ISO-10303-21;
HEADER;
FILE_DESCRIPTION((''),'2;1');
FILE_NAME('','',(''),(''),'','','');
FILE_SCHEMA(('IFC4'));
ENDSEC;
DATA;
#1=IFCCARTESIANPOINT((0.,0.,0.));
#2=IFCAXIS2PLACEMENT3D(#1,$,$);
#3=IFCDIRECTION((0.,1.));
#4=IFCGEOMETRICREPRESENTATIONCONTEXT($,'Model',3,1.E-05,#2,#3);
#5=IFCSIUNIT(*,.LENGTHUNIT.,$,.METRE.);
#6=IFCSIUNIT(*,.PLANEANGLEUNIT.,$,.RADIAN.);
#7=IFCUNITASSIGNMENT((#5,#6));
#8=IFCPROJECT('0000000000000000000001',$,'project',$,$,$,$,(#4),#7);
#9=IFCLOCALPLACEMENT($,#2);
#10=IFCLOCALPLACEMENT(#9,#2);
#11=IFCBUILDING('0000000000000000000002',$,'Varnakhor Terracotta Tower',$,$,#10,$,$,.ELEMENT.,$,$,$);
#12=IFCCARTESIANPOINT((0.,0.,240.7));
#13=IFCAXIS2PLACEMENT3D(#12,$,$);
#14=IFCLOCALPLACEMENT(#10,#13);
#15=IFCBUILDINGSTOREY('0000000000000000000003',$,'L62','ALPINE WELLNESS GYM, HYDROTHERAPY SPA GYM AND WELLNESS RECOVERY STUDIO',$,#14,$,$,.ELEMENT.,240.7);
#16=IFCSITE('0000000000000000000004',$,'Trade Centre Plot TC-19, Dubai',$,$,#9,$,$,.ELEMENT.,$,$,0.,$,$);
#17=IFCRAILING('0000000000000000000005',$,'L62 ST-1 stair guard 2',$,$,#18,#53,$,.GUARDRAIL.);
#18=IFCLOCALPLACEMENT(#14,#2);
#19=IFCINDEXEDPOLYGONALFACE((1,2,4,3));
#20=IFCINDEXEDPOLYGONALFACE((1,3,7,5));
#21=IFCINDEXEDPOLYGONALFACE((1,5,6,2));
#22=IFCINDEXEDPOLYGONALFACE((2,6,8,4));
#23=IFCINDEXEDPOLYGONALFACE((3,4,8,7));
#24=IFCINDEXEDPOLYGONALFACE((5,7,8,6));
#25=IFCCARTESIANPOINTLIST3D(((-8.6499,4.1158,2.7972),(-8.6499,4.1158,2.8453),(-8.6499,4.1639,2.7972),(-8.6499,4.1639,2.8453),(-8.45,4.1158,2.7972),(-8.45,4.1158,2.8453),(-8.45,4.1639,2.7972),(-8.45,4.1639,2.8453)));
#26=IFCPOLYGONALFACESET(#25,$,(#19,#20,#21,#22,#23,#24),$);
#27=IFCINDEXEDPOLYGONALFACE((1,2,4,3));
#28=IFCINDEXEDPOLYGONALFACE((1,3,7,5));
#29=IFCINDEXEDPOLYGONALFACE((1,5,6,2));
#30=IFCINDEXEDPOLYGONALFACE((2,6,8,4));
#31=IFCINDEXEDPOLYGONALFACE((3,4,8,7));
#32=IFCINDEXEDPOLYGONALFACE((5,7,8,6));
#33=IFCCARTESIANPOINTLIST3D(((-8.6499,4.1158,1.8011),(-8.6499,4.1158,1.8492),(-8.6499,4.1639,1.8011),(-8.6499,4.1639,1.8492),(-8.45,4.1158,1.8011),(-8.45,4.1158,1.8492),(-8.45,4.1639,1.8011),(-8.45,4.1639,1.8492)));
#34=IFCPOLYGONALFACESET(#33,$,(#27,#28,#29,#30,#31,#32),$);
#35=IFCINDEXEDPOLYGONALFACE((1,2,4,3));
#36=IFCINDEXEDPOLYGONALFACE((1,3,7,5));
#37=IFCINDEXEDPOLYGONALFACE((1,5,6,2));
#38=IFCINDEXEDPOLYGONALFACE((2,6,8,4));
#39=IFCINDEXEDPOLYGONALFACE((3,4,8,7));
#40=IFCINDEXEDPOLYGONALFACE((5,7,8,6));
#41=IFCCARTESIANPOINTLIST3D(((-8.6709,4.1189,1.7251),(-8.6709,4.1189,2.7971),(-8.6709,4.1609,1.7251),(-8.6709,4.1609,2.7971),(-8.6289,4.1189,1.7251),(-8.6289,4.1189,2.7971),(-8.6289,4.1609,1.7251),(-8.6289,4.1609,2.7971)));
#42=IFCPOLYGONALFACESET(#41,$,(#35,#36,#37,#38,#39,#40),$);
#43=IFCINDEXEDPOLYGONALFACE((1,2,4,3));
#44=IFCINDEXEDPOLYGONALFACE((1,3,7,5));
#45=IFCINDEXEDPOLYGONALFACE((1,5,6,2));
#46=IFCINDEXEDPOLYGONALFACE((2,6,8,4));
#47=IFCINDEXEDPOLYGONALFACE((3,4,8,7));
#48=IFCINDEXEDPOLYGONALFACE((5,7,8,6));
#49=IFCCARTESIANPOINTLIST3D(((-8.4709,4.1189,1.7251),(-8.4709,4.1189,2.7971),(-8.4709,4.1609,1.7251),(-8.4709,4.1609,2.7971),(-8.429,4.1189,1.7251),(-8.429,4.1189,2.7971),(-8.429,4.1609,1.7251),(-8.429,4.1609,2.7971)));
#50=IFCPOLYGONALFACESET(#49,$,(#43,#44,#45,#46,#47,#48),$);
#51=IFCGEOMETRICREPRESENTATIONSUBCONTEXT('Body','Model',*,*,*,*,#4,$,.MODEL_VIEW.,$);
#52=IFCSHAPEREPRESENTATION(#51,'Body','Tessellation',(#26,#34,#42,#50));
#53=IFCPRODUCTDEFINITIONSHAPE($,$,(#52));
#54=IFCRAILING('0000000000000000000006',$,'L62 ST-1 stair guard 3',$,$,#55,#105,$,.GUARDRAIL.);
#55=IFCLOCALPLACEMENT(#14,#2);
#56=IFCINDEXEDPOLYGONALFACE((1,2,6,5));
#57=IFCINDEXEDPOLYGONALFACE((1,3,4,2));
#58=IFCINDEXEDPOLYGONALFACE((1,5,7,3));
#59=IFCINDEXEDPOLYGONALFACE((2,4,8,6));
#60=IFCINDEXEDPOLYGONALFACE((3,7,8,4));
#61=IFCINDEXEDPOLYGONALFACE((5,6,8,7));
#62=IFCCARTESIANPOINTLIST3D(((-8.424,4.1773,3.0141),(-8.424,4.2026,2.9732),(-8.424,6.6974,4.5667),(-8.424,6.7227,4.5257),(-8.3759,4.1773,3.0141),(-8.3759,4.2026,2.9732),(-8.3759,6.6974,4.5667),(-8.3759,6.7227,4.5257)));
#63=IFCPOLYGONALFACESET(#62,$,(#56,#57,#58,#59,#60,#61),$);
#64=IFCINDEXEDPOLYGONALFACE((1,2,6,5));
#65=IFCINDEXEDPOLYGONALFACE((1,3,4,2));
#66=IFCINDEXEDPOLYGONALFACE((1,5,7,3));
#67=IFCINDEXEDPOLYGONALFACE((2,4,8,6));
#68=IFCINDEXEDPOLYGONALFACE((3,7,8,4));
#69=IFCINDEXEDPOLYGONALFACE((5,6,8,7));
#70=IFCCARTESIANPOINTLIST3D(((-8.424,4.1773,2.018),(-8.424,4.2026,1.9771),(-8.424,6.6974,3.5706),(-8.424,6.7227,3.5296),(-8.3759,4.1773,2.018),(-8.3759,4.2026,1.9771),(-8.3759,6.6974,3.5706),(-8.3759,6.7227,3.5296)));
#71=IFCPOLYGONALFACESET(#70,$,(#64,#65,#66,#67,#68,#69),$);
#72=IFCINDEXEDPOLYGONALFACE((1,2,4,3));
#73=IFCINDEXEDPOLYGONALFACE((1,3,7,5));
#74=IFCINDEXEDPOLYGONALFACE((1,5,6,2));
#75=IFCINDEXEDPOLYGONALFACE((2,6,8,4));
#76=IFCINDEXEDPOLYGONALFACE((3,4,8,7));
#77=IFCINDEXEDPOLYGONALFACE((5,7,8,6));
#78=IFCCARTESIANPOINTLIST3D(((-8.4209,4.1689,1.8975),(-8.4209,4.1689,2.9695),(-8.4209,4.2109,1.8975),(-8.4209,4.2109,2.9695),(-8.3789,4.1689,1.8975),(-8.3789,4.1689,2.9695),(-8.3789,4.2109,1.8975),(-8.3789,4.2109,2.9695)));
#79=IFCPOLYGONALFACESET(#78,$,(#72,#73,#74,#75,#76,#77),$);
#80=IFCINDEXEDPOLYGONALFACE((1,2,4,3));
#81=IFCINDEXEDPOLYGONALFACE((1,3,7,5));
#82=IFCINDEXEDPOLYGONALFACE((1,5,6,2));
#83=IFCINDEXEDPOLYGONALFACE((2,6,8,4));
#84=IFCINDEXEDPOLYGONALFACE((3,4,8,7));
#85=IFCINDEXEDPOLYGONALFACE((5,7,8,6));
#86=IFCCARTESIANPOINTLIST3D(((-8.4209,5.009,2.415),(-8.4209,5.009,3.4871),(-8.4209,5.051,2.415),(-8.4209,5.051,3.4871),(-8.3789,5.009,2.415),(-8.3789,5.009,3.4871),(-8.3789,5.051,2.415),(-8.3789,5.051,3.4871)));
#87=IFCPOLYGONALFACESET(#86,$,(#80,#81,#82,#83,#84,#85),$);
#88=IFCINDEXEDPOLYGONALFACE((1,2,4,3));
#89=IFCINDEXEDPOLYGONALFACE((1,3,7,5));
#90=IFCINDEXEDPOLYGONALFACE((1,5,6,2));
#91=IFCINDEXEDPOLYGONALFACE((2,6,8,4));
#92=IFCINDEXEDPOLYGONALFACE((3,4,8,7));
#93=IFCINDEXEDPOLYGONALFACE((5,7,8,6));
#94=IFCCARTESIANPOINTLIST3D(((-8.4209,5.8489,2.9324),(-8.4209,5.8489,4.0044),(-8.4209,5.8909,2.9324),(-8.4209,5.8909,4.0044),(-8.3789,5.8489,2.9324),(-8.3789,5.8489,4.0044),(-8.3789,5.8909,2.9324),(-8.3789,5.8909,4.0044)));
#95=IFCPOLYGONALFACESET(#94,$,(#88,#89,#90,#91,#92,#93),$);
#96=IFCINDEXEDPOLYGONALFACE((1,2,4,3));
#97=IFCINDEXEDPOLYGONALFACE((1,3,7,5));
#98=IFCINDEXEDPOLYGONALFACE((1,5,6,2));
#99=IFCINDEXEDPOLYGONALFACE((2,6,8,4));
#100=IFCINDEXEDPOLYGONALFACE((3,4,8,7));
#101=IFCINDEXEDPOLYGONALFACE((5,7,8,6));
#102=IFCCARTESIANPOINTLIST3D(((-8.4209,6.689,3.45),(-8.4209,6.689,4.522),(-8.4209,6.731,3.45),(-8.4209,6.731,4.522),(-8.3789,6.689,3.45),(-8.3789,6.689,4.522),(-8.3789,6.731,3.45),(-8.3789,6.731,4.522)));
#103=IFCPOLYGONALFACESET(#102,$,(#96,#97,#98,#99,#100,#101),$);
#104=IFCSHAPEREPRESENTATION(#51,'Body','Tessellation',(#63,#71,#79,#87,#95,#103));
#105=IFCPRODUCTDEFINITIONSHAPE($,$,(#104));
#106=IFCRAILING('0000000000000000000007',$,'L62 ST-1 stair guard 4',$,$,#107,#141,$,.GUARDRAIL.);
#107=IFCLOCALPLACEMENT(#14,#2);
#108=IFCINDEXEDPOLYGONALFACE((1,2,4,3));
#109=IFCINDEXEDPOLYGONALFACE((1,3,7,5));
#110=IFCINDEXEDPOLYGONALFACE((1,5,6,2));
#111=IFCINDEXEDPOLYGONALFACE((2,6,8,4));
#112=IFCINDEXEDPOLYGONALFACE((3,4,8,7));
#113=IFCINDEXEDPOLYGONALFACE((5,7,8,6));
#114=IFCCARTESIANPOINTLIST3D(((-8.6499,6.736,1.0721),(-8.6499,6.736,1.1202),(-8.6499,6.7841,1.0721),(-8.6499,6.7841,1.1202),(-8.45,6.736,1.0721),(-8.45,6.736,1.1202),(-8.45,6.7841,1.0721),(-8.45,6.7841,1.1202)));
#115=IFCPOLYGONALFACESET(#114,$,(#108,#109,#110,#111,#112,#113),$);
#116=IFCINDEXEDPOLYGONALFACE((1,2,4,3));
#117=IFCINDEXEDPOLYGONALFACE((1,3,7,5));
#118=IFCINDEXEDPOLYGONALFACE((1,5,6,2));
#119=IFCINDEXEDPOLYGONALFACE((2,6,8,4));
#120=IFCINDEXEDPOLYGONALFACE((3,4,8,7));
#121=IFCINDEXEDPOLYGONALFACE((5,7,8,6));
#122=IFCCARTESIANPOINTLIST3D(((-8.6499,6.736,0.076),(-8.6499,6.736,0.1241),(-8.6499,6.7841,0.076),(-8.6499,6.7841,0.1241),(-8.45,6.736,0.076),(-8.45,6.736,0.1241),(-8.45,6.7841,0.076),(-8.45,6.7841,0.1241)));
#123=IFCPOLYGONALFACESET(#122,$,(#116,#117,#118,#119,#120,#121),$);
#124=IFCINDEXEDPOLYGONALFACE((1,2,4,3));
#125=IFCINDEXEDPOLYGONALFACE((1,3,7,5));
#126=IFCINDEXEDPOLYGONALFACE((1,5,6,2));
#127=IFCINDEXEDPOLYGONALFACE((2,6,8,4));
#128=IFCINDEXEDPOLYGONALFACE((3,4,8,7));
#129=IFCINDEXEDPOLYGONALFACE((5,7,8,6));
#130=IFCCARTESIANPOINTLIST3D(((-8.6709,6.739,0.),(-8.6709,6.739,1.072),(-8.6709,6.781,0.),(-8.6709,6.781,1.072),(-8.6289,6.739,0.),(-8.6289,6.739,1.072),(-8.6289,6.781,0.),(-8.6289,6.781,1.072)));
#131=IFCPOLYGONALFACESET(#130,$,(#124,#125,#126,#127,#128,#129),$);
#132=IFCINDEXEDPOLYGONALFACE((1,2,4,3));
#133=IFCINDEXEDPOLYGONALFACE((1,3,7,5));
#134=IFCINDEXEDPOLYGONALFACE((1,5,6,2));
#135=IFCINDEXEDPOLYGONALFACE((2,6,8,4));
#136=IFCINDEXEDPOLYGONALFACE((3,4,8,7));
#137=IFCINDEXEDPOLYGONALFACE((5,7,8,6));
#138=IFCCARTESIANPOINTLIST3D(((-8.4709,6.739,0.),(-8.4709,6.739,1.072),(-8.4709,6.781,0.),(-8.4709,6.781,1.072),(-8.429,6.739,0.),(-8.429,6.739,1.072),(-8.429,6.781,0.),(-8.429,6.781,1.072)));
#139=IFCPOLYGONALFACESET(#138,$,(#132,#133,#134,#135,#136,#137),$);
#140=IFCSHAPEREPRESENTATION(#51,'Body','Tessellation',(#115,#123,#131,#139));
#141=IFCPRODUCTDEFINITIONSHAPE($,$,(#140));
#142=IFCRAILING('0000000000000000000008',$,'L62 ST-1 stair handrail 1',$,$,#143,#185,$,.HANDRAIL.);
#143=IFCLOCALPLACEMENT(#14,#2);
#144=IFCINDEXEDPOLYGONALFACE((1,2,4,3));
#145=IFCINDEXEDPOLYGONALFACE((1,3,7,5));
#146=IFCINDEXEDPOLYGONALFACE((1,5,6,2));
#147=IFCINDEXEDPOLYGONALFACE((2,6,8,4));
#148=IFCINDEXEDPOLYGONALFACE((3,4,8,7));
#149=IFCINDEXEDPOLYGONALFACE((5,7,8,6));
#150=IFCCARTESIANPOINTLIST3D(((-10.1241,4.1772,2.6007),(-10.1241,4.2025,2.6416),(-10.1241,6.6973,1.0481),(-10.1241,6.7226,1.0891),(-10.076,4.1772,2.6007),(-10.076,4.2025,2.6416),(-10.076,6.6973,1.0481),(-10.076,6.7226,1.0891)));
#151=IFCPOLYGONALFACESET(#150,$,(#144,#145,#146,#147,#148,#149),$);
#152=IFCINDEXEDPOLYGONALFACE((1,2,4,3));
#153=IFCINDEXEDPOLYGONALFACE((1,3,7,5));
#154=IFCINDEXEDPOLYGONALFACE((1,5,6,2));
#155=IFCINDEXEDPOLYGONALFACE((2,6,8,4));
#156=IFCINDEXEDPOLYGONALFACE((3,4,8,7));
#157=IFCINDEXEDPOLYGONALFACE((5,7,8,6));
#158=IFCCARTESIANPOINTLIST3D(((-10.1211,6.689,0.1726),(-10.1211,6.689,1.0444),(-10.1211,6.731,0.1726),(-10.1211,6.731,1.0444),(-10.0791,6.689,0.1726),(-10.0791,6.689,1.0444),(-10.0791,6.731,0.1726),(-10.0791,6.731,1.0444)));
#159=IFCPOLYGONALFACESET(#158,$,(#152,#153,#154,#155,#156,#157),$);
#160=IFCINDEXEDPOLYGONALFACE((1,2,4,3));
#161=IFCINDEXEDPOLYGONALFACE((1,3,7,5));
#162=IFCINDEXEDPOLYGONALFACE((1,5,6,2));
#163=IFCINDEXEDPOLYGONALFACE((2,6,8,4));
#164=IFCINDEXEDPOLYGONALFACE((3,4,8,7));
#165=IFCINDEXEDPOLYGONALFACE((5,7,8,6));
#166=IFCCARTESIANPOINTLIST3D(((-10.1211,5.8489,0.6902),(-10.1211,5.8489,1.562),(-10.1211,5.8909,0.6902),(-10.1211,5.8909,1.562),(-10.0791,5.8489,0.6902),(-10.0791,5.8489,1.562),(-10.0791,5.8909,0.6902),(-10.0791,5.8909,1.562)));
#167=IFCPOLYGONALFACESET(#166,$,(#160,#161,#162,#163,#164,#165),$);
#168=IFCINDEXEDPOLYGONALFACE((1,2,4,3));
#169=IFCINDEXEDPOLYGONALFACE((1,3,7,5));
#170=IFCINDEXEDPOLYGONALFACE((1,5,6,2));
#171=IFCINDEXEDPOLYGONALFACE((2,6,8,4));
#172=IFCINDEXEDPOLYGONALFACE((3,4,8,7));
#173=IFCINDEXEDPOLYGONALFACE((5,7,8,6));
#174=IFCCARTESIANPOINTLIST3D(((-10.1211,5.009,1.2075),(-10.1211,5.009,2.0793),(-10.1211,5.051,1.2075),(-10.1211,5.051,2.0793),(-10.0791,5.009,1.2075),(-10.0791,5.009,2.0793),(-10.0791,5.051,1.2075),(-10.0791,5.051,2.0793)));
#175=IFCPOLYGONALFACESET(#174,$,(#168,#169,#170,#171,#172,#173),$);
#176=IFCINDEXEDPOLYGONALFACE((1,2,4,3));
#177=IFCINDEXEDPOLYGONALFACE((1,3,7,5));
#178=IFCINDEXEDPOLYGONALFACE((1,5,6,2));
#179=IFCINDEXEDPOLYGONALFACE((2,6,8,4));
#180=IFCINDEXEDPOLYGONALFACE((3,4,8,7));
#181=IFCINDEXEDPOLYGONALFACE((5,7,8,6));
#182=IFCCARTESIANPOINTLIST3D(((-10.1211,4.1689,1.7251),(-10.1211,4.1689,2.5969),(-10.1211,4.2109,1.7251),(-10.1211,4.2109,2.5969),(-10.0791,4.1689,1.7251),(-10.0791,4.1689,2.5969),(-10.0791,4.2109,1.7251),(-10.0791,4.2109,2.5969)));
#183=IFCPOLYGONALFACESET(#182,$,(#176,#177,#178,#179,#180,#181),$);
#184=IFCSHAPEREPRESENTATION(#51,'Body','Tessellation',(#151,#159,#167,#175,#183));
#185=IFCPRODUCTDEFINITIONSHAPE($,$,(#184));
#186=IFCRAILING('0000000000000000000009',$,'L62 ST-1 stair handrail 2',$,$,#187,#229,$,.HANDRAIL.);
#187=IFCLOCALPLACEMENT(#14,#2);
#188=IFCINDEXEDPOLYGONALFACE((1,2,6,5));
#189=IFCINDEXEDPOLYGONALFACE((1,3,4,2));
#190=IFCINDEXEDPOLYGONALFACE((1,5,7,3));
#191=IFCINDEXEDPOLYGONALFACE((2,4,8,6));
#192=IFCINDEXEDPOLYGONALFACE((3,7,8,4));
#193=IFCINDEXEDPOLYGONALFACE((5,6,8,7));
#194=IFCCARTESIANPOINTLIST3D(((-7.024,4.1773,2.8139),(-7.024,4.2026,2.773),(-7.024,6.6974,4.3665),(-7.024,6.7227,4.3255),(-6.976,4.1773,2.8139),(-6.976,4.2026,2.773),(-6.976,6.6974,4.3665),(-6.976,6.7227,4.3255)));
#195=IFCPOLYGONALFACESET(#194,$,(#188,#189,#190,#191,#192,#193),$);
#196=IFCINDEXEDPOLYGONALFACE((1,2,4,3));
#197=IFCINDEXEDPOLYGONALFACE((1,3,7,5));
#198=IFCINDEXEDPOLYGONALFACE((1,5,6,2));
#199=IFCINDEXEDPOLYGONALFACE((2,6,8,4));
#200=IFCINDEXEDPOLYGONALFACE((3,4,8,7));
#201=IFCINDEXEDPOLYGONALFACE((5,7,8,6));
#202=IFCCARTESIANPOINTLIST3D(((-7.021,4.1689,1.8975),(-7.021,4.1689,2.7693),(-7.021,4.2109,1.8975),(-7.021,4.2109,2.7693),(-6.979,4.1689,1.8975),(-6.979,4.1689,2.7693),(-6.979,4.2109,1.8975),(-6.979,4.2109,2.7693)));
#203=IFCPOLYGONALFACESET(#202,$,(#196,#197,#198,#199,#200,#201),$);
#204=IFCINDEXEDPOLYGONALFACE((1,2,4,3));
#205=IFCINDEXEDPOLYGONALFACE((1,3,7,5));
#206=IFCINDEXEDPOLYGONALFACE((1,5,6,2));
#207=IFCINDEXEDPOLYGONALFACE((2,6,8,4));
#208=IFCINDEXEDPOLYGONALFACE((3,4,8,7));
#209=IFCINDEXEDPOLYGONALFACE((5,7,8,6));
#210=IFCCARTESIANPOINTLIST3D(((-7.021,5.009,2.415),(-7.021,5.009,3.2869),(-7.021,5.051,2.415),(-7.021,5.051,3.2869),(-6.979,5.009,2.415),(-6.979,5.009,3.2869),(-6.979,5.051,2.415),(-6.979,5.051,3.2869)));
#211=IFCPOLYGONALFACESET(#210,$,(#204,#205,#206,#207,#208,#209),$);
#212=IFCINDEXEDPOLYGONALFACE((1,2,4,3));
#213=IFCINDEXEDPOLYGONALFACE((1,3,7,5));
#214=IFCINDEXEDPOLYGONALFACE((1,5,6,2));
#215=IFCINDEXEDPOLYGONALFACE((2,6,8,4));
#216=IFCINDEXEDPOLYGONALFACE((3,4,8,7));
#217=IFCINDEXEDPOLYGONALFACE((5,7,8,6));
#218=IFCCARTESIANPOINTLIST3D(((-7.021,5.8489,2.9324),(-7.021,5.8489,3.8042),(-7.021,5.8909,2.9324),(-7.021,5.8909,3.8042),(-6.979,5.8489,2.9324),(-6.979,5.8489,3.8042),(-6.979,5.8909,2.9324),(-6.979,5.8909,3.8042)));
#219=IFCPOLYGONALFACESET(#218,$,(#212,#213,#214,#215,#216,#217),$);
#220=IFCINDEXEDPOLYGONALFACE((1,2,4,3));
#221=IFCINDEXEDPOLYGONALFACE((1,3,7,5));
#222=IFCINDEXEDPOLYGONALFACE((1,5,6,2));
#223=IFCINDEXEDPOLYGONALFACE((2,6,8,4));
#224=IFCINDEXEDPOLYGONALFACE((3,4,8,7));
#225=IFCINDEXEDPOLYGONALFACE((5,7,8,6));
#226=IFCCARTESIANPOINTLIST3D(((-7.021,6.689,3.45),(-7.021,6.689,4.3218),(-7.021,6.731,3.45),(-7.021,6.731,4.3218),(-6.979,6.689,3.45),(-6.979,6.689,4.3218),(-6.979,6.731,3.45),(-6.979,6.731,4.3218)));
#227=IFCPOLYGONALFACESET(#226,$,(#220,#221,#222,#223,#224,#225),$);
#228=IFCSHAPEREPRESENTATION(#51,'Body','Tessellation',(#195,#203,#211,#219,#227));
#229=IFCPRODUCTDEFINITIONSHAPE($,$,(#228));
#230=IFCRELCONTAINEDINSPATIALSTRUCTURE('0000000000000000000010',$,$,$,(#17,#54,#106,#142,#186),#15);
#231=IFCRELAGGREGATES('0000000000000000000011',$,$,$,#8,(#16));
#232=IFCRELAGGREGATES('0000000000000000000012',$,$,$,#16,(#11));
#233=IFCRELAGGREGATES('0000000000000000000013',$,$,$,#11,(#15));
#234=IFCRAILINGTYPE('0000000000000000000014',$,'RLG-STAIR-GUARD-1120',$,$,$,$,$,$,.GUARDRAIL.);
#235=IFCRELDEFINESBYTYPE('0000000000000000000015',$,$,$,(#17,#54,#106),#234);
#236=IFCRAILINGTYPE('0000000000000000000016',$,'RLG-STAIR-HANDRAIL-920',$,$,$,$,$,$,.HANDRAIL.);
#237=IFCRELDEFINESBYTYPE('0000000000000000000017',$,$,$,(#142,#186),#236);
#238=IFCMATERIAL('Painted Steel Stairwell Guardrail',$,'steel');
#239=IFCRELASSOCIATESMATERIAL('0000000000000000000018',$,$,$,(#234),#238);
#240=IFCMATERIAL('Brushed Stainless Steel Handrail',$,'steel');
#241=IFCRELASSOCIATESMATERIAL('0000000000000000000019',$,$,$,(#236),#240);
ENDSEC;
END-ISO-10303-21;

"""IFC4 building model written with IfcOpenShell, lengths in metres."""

from ifc_helpers import new_model, si_unit, direction, frame, origin, origin_2d, place, context, subcontext, project, spatial, rectangle, extrude, material, type_object, element, save


model = new_model("IFC4")

# Units and contexts
model_context = context("Model", 3, precision=1e-05, world=origin(), true_north=direction((0.0, 1.0)))
body_context = subcontext(model_context, "Body", "Model", "MODEL_VIEW")
ifc_project = project(units=[si_unit("LENGTHUNIT", "METRE"), si_unit("PLANEANGLEUNIT", "RADIAN")], contexts=[model_context])

# Site, building, storey
site_placement = place(None, origin())
site = spatial("IfcSite", under=ifc_project, at=site_placement, Name="Trade Centre Plot TC-19, Dubai", CompositionType="ELEMENT", RefElevation=0.0)
building_placement = place(site_placement, origin())
building = spatial("IfcBuilding", under=site, at=building_placement, Name="Varnakhor Terracotta Tower", CompositionType="ELEMENT")
storey_placement = place(building_placement, frame((0.0, 0.0, 240.7)))
storey = spatial("IfcBuildingStorey", under=building, at=storey_placement, Name="L62", Description="ALPINE WELLNESS GYM, HYDROTHERAPY SPA GYM AND WELLNESS RECOVERY STUDIO", CompositionType="ELEMENT", Elevation=240.7)

# Railings
ifc_material_1 = material(Name="Painted Steel Stairwell Guardrail", Category="steel")
railing_type_1 = type_object("IfcRailingType", Name="RLG-STAIR-GUARD-1120", PredefinedType="GUARDRAIL", material=ifc_material_1)
railing_1_placement = place(storey_placement, frame((-8.6499, 4.1399, 1.7251)))
element("IfcRailing", 1, at=railing_1_placement, inside=storey, type_object=railing_type_1, Name="L62 ST-1 stair guard 2", PredefinedType="GUARDRAIL", context=body_context, shape_type="SweptSolid", body=[
    extrude(rectangle(XDim=0.0481, YDim=0.0481, at=origin_2d()), frame((0.0, 0.0, 1.0962), z_axis=(1.0, 0.0, 0.0), x_axis=(0.0, 1.0, 0.0)), (0.0, 0.0, 1.0), 0.2),
    extrude(rectangle(XDim=0.0481, YDim=0.0481, at=origin_2d()), frame((0.0, 0.0, 0.1001), z_axis=(1.0, 0.0, 0.0), x_axis=(0.0, 1.0, 0.0)), (0.0, 0.0, 1.0), 0.2),
    extrude(rectangle(XDim=0.042, YDim=0.042, at=origin_2d()), origin(), (0.0, 0.0, 1.0), 1.072),
    extrude(rectangle(XDim=0.042, YDim=0.042, at=origin_2d()), frame((0.2, 0.0, 0.0)), (0.0, 0.0, 1.0), 1.072),
])
railing_2_placement = place(storey_placement, frame((-8.3999, 4.1899, 1.8975)))
element("IfcRailing", 2, at=railing_2_placement, inside=storey, type_object=railing_type_1, Name="L62 ST-1 stair guard 3", PredefinedType="GUARDRAIL", context=body_context, shape_type="SweptSolid", body=[
    extrude(rectangle(XDim=0.0481, YDim=0.0481, at=origin_2d()), frame((0.0, 0.0, 1.0962), z_axis=(0.0, 0.8514, 0.524516), x_axis=(-1.0, 0.0, 0.0)), (0.0, 0.0, 1.0), 2.96),
    extrude(rectangle(XDim=0.0481, YDim=0.0481, at=origin_2d()), frame((0.0, 0.0, 0.1001), z_axis=(0.0, 0.8514, 0.524516), x_axis=(-1.0, 0.0, 0.0)), (0.0, 0.0, 1.0), 2.96),
    extrude(rectangle(XDim=0.042, YDim=0.042, at=origin_2d()), origin(), (0.0, 0.0, 1.0), 1.072),
    extrude(rectangle(XDim=0.042, YDim=0.042, at=origin_2d()), frame((0.0, 0.8401, 0.5176)), (0.0, 0.0, 1.0), 1.072),
    extrude(rectangle(XDim=0.042, YDim=0.042, at=origin_2d()), frame((0.0, 1.6799, 1.0349)), (0.0, 0.0, 1.0), 1.072),
    extrude(rectangle(XDim=0.042, YDim=0.042, at=origin_2d()), frame((0.0, 2.52, 1.5525)), (0.0, 0.0, 1.0), 1.072),
])
railing_3_placement = place(storey_placement, frame((-8.6499, 6.76, 0.0)))
element("IfcRailing", 3, at=railing_3_placement, inside=storey, type_object=railing_type_1, Name="L62 ST-1 stair guard 4", PredefinedType="GUARDRAIL", context=body_context, shape_type="SweptSolid", body=[
    extrude(rectangle(XDim=0.0481, YDim=0.0481, at=origin_2d()), frame((0.0, 0.0, 1.0962), z_axis=(1.0, 0.0, 0.0), x_axis=(0.0, 1.0, 0.0)), (0.0, 0.0, 1.0), 0.2),
    extrude(rectangle(XDim=0.0481, YDim=0.0481, at=origin_2d()), frame((0.0, 0.0, 0.1001), z_axis=(1.0, 0.0, 0.0), x_axis=(0.0, 1.0, 0.0)), (0.0, 0.0, 1.0), 0.2),
    extrude(rectangle(XDim=0.042, YDim=0.042, at=origin_2d()), origin(), (0.0, 0.0, 1.0), 1.072),
    extrude(rectangle(XDim=0.042, YDim=0.042, at=origin_2d()), frame((0.2, 0.0, 0.0)), (0.0, 0.0, 1.0), 1.072),
])
ifc_material_2 = material(Name="Brushed Stainless Steel Handrail", Category="steel")
railing_type_2 = type_object("IfcRailingType", Name="RLG-STAIR-HANDRAIL-920", PredefinedType="HANDRAIL", material=ifc_material_2)
railing_4_placement = place(storey_placement, frame((-10.1001, 6.71, 0.1726)))
element("IfcRailing", 4, at=railing_4_placement, inside=storey, type_object=railing_type_2, Name="L62 ST-1 stair handrail 1", PredefinedType="HANDRAIL", context=body_context, shape_type="SweptSolid", body=[
    extrude(rectangle(XDim=0.0481, YDim=0.0481, at=origin_2d()), frame((0.0, 0.0, 0.896), z_axis=(0.0, -0.8514, 0.524516), x_axis=(1.0, 0.0, 0.0)), (0.0, 0.0, 1.0), 2.96),
    extrude(rectangle(XDim=0.042, YDim=0.042, at=origin_2d()), origin(), (0.0, 0.0, 1.0), 0.8718),
    extrude(rectangle(XDim=0.042, YDim=0.042, at=origin_2d()), frame((0.0, -0.8401, 0.5176)), (0.0, 0.0, 1.0), 0.8718),
    extrude(rectangle(XDim=0.042, YDim=0.042, at=origin_2d()), frame((0.0, -1.6799, 1.0349)), (0.0, 0.0, 1.0), 0.8718),
    extrude(rectangle(XDim=0.042, YDim=0.042, at=origin_2d()), frame((0.0, -2.52, 1.5525)), (0.0, 0.0, 1.0), 0.8718),
])
railing_5_placement = place(storey_placement, frame((-7.0, 4.1899, 1.8975)))
element("IfcRailing", 5, at=railing_5_placement, inside=storey, type_object=railing_type_2, Name="L62 ST-1 stair handrail 2", PredefinedType="HANDRAIL", context=body_context, shape_type="SweptSolid", body=[
    extrude(rectangle(XDim=0.0481, YDim=0.0481, at=origin_2d()), frame((0.0, 0.0, 0.896), z_axis=(0.0, 0.8514, 0.524516), x_axis=(-1.0, 0.0, 0.0)), (0.0, 0.0, 1.0), 2.96),
    extrude(rectangle(XDim=0.042, YDim=0.042, at=origin_2d()), origin(), (0.0, 0.0, 1.0), 0.8718),
    extrude(rectangle(XDim=0.042, YDim=0.042, at=origin_2d()), frame((0.0, 0.8401, 0.5176)), (0.0, 0.0, 1.0), 0.8718),
    extrude(rectangle(XDim=0.042, YDim=0.042, at=origin_2d()), frame((0.0, 1.6799, 1.0349)), (0.0, 0.0, 1.0), 0.8718),
    extrude(rectangle(XDim=0.042, YDim=0.042, at=origin_2d()), frame((0.0, 2.52, 1.5525)), (0.0, 0.0, 1.0), 0.8718),
])

save(model, "model.ifc")
